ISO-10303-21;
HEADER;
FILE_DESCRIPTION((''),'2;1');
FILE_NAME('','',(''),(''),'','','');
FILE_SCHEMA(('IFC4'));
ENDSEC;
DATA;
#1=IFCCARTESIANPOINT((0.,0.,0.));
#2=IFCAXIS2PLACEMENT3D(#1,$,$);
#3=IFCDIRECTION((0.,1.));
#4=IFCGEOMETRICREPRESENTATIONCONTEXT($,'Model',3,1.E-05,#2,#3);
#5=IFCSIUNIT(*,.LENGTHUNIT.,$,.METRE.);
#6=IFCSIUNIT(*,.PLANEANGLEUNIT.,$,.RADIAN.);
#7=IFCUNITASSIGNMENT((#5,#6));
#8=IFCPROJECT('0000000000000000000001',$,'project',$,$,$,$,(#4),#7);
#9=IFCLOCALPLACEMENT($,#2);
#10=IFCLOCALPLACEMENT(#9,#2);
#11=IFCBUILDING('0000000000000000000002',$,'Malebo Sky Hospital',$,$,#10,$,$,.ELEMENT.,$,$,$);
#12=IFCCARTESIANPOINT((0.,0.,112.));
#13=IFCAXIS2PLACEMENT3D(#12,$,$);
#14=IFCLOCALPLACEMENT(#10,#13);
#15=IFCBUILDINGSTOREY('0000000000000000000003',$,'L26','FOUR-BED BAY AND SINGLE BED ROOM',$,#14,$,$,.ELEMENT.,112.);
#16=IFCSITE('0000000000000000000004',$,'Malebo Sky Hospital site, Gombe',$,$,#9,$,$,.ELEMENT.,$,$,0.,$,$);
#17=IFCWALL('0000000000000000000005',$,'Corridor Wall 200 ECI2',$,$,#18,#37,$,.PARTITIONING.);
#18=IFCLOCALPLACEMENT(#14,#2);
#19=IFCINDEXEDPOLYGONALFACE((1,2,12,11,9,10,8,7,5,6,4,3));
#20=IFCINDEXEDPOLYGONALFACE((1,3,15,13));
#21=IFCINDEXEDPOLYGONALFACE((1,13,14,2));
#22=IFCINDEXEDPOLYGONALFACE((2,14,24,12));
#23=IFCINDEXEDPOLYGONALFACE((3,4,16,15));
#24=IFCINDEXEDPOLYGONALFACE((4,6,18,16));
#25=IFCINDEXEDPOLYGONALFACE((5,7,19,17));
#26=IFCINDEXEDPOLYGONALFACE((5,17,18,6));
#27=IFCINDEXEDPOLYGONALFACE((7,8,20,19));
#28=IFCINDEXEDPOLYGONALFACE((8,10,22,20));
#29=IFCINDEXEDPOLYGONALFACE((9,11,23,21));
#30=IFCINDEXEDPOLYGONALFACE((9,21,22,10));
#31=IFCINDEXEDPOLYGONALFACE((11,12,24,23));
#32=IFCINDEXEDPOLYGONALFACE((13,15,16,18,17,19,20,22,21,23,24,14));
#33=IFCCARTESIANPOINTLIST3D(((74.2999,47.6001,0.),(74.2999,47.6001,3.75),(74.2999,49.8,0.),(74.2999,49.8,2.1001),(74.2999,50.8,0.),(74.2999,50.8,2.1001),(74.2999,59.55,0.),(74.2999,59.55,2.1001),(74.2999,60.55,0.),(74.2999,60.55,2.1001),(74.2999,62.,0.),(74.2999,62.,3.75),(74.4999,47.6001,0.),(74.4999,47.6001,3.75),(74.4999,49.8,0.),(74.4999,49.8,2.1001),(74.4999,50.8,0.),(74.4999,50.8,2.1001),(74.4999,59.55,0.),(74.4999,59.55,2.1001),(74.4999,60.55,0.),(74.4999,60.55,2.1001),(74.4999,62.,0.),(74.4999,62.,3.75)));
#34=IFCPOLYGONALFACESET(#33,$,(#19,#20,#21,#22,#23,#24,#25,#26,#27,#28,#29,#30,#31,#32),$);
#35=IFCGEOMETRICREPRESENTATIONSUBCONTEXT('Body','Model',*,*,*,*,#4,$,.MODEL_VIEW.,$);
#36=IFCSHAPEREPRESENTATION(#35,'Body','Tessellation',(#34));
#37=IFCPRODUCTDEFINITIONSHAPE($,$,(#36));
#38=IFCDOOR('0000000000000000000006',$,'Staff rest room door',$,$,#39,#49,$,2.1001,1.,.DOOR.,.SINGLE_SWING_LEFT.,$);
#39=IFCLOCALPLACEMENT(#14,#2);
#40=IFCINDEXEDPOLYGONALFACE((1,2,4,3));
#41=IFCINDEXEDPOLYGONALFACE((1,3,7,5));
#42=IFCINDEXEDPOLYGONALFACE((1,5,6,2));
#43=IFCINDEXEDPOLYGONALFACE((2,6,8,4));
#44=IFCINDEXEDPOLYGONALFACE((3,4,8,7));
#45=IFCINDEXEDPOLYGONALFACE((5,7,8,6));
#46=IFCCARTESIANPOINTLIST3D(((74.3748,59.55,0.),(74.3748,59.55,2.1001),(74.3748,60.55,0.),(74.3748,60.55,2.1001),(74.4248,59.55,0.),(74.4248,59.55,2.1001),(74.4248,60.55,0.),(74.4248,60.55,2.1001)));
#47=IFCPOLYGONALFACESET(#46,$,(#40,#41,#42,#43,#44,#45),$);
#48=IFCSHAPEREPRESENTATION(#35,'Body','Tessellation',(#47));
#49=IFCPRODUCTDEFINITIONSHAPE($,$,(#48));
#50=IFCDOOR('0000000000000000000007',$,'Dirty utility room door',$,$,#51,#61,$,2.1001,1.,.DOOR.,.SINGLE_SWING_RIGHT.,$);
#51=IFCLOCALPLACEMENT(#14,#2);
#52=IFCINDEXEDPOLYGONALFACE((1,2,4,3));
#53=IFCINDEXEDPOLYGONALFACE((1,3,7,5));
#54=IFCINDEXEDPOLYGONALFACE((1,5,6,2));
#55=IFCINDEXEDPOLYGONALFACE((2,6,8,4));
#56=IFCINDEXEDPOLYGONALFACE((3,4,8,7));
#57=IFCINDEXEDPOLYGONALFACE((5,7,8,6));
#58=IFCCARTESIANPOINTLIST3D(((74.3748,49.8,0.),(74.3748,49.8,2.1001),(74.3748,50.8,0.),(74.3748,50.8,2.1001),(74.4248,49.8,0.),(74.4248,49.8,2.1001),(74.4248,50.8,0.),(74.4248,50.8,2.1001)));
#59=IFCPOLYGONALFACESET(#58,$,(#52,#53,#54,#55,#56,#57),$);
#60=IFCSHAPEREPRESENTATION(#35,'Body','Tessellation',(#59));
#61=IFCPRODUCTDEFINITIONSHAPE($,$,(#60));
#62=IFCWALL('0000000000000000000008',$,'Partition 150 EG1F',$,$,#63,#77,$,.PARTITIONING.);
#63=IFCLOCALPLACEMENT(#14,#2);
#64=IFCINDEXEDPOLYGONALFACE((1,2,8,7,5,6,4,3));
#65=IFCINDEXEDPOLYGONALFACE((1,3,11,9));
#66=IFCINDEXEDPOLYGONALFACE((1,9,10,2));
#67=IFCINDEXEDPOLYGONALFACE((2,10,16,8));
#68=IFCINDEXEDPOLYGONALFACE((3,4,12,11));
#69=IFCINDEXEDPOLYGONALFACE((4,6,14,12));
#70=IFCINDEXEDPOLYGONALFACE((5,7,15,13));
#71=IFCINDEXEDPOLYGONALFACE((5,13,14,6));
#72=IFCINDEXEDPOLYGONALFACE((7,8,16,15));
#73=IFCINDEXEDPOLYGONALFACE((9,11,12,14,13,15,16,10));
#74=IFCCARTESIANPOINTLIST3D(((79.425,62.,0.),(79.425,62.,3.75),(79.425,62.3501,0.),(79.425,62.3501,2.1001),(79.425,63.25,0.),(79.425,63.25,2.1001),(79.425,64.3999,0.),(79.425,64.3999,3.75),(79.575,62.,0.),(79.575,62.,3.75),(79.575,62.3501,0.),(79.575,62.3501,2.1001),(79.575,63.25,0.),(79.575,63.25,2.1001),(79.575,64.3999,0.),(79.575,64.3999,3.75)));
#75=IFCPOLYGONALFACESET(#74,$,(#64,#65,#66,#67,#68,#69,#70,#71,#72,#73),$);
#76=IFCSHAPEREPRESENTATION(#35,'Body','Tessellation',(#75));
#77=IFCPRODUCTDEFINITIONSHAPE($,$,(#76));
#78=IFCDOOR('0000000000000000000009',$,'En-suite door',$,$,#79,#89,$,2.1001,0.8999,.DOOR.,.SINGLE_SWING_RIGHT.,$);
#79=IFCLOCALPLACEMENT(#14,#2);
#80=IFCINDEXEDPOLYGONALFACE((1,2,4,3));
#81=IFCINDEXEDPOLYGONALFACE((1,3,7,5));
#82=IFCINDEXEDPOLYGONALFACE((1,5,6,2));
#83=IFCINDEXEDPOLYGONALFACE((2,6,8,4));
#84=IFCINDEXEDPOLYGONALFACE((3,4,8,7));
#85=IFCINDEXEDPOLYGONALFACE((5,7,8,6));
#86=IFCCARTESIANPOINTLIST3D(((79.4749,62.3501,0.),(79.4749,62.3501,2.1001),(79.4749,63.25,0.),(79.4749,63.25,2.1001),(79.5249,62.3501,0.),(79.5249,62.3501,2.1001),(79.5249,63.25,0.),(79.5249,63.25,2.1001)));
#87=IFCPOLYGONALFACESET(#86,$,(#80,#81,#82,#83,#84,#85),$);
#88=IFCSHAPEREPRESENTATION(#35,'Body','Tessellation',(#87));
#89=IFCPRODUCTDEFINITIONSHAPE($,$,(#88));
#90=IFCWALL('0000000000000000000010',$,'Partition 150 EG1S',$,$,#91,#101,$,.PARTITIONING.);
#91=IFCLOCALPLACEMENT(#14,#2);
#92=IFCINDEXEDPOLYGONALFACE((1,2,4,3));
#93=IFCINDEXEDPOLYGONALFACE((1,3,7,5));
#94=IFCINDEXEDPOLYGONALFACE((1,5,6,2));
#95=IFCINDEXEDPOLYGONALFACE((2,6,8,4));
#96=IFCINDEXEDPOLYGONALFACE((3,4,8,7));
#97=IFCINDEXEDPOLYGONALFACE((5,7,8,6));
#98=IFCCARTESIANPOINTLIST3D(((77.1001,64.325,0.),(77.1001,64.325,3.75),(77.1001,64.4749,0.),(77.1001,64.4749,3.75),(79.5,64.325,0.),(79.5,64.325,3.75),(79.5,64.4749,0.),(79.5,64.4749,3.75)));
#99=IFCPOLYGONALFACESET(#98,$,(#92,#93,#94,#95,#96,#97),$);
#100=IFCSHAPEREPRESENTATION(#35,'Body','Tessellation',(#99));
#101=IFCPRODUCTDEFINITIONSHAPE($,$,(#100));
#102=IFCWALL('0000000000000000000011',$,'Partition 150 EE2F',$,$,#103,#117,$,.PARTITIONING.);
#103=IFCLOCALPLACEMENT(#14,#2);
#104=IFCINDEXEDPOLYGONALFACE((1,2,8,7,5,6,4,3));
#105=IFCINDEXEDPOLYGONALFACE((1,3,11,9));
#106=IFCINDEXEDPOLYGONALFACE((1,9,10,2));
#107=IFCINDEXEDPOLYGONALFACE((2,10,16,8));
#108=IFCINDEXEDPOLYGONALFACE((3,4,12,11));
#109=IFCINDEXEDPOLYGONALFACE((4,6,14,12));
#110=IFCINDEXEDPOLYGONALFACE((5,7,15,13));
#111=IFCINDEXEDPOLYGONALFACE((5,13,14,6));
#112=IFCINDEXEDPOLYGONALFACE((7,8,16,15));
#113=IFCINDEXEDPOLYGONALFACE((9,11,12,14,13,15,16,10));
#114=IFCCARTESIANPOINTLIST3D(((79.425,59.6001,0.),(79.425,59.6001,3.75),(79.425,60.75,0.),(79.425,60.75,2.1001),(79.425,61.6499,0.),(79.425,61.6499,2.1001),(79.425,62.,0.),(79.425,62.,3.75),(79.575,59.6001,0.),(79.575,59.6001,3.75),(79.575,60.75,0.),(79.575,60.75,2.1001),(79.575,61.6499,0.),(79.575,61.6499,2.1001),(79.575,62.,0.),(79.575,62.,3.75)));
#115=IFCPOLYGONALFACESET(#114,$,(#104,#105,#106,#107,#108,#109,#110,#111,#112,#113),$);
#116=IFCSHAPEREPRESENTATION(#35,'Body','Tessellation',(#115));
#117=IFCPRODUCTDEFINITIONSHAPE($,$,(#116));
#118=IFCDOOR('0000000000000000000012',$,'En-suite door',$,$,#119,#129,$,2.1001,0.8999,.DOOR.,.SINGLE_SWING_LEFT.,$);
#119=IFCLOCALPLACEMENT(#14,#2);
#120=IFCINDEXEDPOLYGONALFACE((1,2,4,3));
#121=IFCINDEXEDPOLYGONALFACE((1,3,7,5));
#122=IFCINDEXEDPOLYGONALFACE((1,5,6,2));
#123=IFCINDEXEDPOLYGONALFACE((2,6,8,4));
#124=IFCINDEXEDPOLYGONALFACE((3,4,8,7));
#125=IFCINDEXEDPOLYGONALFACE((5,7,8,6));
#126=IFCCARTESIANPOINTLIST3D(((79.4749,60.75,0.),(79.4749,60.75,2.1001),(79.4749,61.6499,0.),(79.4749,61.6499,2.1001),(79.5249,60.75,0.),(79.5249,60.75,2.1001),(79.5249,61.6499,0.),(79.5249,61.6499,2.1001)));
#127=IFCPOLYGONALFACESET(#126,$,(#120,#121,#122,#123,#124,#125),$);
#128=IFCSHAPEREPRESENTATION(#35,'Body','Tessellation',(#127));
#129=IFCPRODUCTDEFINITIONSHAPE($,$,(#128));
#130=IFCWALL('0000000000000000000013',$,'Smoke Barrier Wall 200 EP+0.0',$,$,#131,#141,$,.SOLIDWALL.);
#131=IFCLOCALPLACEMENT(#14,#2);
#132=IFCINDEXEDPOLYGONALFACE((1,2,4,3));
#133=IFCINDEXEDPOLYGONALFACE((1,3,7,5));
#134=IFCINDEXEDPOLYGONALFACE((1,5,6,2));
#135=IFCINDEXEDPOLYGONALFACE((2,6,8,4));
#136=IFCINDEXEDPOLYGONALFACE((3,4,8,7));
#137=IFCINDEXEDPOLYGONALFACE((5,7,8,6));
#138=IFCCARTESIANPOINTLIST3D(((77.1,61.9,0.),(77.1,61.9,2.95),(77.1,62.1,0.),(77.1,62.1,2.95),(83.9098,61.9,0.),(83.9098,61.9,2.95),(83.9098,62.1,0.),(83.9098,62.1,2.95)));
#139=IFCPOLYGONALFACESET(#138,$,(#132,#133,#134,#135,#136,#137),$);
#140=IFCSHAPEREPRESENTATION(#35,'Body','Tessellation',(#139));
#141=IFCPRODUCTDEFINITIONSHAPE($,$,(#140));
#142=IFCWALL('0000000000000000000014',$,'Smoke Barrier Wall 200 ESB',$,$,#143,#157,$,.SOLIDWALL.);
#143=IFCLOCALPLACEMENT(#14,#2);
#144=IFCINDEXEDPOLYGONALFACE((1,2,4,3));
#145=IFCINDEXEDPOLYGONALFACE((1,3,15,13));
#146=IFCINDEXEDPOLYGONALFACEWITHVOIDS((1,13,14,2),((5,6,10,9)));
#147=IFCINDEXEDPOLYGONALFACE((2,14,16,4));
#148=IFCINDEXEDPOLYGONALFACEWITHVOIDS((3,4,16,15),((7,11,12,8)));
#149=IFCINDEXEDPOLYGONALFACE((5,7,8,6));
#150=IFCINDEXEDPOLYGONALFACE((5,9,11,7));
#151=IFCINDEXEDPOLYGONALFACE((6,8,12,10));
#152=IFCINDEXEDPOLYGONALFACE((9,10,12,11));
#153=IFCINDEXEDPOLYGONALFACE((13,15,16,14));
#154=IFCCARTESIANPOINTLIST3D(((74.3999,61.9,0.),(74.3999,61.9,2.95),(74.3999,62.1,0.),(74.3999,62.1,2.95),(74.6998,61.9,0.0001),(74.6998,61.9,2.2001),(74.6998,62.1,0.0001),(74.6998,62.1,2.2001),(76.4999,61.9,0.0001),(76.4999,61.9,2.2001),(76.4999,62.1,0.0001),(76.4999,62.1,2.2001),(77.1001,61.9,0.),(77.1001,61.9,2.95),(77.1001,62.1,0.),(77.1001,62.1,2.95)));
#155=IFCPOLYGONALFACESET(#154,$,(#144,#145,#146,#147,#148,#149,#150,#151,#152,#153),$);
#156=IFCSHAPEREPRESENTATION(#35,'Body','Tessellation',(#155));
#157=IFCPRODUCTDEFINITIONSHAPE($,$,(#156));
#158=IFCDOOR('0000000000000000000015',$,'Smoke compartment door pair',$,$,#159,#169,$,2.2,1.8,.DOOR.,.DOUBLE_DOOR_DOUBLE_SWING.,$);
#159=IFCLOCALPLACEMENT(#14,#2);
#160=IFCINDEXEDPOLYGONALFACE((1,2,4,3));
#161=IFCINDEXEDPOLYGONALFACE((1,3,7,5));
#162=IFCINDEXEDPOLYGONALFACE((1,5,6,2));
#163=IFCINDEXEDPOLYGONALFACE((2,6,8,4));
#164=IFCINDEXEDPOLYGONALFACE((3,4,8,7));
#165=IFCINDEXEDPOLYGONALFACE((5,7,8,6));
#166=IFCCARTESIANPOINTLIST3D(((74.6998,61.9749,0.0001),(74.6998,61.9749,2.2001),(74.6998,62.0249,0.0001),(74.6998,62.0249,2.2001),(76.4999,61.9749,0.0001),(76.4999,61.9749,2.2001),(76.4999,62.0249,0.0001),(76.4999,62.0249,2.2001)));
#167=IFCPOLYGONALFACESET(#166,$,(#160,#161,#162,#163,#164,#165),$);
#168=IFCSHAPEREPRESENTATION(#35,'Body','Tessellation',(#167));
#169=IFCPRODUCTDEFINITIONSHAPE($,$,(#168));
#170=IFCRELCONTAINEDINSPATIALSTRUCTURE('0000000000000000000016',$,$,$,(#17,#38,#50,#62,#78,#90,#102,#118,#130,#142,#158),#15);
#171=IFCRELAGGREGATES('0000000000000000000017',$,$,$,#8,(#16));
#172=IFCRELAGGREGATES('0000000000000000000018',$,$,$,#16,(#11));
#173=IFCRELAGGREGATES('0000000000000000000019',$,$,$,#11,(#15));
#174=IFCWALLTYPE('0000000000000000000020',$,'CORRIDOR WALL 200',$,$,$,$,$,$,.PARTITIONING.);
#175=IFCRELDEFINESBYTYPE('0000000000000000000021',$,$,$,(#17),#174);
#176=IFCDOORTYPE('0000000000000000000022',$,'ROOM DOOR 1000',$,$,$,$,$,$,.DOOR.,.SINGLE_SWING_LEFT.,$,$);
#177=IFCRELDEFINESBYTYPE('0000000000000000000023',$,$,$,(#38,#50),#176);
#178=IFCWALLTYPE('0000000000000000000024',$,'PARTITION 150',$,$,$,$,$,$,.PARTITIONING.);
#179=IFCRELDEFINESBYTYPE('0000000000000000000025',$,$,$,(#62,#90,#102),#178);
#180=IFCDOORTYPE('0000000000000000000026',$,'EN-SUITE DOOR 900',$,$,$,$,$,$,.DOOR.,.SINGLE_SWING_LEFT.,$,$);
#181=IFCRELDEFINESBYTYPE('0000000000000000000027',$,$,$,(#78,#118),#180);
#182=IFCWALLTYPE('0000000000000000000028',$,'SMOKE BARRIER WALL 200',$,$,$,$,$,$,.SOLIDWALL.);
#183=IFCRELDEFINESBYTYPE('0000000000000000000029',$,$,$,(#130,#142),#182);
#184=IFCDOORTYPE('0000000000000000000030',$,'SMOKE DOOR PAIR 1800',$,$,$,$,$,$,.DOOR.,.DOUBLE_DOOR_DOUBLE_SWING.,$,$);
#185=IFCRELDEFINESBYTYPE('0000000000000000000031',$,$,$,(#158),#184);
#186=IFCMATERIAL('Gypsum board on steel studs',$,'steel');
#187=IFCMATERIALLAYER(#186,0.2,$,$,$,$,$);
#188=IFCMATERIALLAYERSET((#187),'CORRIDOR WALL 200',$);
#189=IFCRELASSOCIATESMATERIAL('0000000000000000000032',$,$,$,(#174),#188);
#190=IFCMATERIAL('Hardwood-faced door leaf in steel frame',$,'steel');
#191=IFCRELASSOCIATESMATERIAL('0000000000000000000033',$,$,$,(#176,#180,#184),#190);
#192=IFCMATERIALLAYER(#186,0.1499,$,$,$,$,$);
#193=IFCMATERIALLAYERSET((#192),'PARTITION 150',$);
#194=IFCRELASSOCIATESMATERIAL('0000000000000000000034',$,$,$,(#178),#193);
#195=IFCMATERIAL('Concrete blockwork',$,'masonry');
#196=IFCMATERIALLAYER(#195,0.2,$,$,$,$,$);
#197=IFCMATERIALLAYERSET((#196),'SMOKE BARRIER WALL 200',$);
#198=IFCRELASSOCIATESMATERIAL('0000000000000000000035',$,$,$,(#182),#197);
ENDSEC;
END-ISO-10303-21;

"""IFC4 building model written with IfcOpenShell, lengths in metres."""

from ifc_helpers import new_model, si_unit, direction, frame, frame_2d, origin, place, context, subcontext, project, spatial, rectangle, extrude, material, layer, layer_set, type_object, element, fill, save


model = new_model("IFC4")

# Units and contexts
model_context = context("Model", 3, precision=1e-05, world=origin(), true_north=direction((0.0, 1.0)))
body_context = subcontext(model_context, "Body", "Model", "MODEL_VIEW")
ifc_project = project(units=[si_unit("LENGTHUNIT", "METRE"), si_unit("PLANEANGLEUNIT", "RADIAN")], contexts=[model_context])

# Site, building, storey
site_placement = place(None, origin())
site = spatial("IfcSite", under=ifc_project, at=site_placement, Name="Malebo Sky Hospital site, Gombe", CompositionType="ELEMENT", RefElevation=0.0)
building_placement = place(site_placement, origin())
building = spatial("IfcBuilding", under=site, at=building_placement, Name="Malebo Sky Hospital", CompositionType="ELEMENT")
storey_placement = place(building_placement, frame((0.0, 0.0, 112.0)))
storey = spatial("IfcBuildingStorey", under=building, at=storey_placement, Name="L26", Description="FOUR-BED BAY AND SINGLE BED ROOM", CompositionType="ELEMENT", Elevation=112.0)

# Wall, openings, doors
ifc_material_1 = material(Name="Gypsum board on steel studs", Category="steel")
ifc_layer_1 = layer(ifc_material_1, 0.2)
ifc_layer_set_1 = layer_set([ifc_layer_1], Name="CORRIDOR WALL 200")
wall_type_1 = type_object("IfcWallType", Name="CORRIDOR WALL 200", PredefinedType="PARTITIONING", material=ifc_layer_set_1)
wall_1_placement = place(storey_placement, frame((74.3999, 62.0, 0.0), z_axis=(0.0, 0.0, 1.0), x_axis=(0.0, -1.0, 0.0)))
wall_1 = element("IfcWall", 1, at=wall_1_placement, inside=storey, type_object=wall_type_1, Name="Corridor Wall 200 ECI2", PredefinedType="PARTITIONING", context=body_context, shape_type="SweptSolid", body=[
    extrude(rectangle(XDim=14.3999, YDim=0.2, at=frame_2d((7.2, 0.0))), origin(), (0.0, 0.0, 1.0), 3.75),
])
opening_1_placement = place(wall_1_placement, frame((1.45, 0.0, 0.0)))
opening_1 = element("IfcOpeningElement", 2, at=opening_1_placement, cuts=wall_1, PredefinedType="OPENING", context=body_context, shape_type="SweptSolid", body=[
    extrude(rectangle(XDim=1.0, YDim=2.1001, at=frame_2d((0.5, 1.05))), frame((0.0, 0.1099, 0.0), z_axis=(0.0, -1.0, 0.0), x_axis=(1.0, 0.0, 0.0)), (0.0, 0.0, 1.0), 0.22),
])
opening_2_placement = place(wall_1_placement, frame((11.2, 0.0, 0.0)))
opening_2 = element("IfcOpeningElement", 3, at=opening_2_placement, cuts=wall_1, PredefinedType="OPENING", context=body_context, shape_type="SweptSolid", body=[
    extrude(rectangle(XDim=1.0, YDim=2.1001, at=frame_2d((0.5, 1.05))), frame((0.0, 0.1099, 0.0), z_axis=(0.0, -1.0, 0.0), x_axis=(1.0, 0.0, 0.0)), (0.0, 0.0, 1.0), 0.22),
])
ifc_material_2 = material(Name="Hardwood-faced door leaf in steel frame", Category="steel")
door_type_1 = type_object("IfcDoorType", Name="ROOM DOOR 1000", OperationType="SINGLE_SWING_LEFT", PredefinedType="DOOR", material=ifc_material_2)
door_1_placement = place(opening_1_placement, origin())
door_1 = element("IfcDoor", 4, at=door_1_placement, inside=storey, type_object=door_type_1, Name="Staff rest room door", OperationType="SINGLE_SWING_LEFT", OverallHeight=2.1001, OverallWidth=1.0, PredefinedType="DOOR", context=body_context, shape_type="SweptSolid", body=[
    extrude(rectangle(XDim=1.0, YDim=2.1001, at=frame_2d((0.5, 1.05))), frame((0.0, 0.0249, 0.0), z_axis=(0.0, -1.0, 0.0), x_axis=(1.0, 0.0, 0.0)), (0.0, 0.0, 1.0), 0.05),
])
fill(opening_1, door_1)
door_2_placement = place(opening_2_placement, origin())
door_2 = element("IfcDoor", 5, at=door_2_placement, inside=storey, type_object=door_type_1, Name="Dirty utility room door", OperationType="SINGLE_SWING_RIGHT", OverallHeight=2.1001, OverallWidth=1.0, PredefinedType="DOOR", context=body_context, shape_type="SweptSolid", body=[
    extrude(rectangle(XDim=1.0, YDim=2.1001, at=frame_2d((0.5, 1.05))), frame((0.0, 0.0249, 0.0), z_axis=(0.0, -1.0, 0.0), x_axis=(1.0, 0.0, 0.0)), (0.0, 0.0, 1.0), 0.05),
])
fill(opening_2, door_2)

# Wall, opening, door
ifc_layer_2 = layer(ifc_material_1, 0.1499)
ifc_layer_set_2 = layer_set([ifc_layer_2], Name="PARTITION 150")
wall_type_2 = type_object("IfcWallType", Name="PARTITION 150", PredefinedType="PARTITIONING", material=ifc_layer_set_2)
wall_2_placement = place(storey_placement, frame((79.5, 64.3999, 0.0), z_axis=(0.0, 0.0, 1.0), x_axis=(0.0, -1.0, 0.0)))
wall_2 = element("IfcWall", 6, at=wall_2_placement, inside=storey, type_object=wall_type_2, Name="Partition 150 EG1F", PredefinedType="PARTITIONING", context=body_context, shape_type="SweptSolid", body=[
    extrude(rectangle(XDim=2.3999, YDim=0.1499, at=frame_2d((1.2, 0.0))), origin(), (0.0, 0.0, 1.0), 3.75),
])
opening_3_placement = place(wall_2_placement, frame((1.1499, 0.0, 0.0)))
opening_3 = element("IfcOpeningElement", 7, at=opening_3_placement, cuts=wall_2, PredefinedType="OPENING", context=body_context, shape_type="SweptSolid", body=[
    extrude(rectangle(XDim=0.8999, YDim=2.1001, at=frame_2d((0.45, 1.05))), frame((0.0, 0.085, 0.0), z_axis=(0.0, -1.0, 0.0), x_axis=(1.0, 0.0, 0.0)), (0.0, 0.0, 1.0), 0.1699),
])
door_type_2 = type_object("IfcDoorType", Name="EN-SUITE DOOR 900", OperationType="SINGLE_SWING_LEFT", PredefinedType="DOOR", material=ifc_material_2)
door_3_placement = place(opening_3_placement, origin())
door_3 = element("IfcDoor", 8, at=door_3_placement, inside=storey, type_object=door_type_2, Name="En-suite door", OperationType="SINGLE_SWING_RIGHT", OverallHeight=2.1001, OverallWidth=0.8999, PredefinedType="DOOR", context=body_context, shape_type="SweptSolid", body=[
    extrude(rectangle(XDim=0.8999, YDim=2.1001, at=frame_2d((0.45, 1.05))), frame((0.0, 0.0249, 0.0), z_axis=(0.0, -1.0, 0.0), x_axis=(1.0, 0.0, 0.0)), (0.0, 0.0, 1.0), 0.05),
])
fill(opening_3, door_3)

# Wall
wall_3_placement = place(storey_placement, frame((77.1001, 64.3999, 0.0), z_axis=(0.0, 0.0, 1.0), x_axis=(1.0, 0.0, 0.0)))
element("IfcWall", 9, at=wall_3_placement, inside=storey, type_object=wall_type_2, Name="Partition 150 EG1S", PredefinedType="PARTITIONING", context=body_context, shape_type="SweptSolid", body=[
    extrude(rectangle(XDim=2.3999, YDim=0.1499, at=frame_2d((1.2, 0.0))), origin(), (0.0, 0.0, 1.0), 3.75),
])

# Wall, opening, door
wall_4_placement = place(storey_placement, frame((79.5, 62.0, 0.0), z_axis=(0.0, 0.0, 1.0), x_axis=(0.0, -1.0, 0.0)))
wall_4 = element("IfcWall", 10, at=wall_4_placement, inside=storey, type_object=wall_type_2, Name="Partition 150 EE2F", PredefinedType="PARTITIONING", context=body_context, shape_type="SweptSolid", body=[
    extrude(rectangle(XDim=2.3999, YDim=0.1499, at=frame_2d((1.2, 0.0))), origin(), (0.0, 0.0, 1.0), 3.75),
])
opening_4_placement = place(wall_4_placement, frame((0.3501, 0.0, 0.0)))
opening_4 = element("IfcOpeningElement", 11, at=opening_4_placement, cuts=wall_4, PredefinedType="OPENING", context=body_context, shape_type="SweptSolid", body=[
    extrude(rectangle(XDim=0.8999, YDim=2.1001, at=frame_2d((0.45, 1.05))), frame((0.0, 0.085, 0.0), z_axis=(0.0, -1.0, 0.0), x_axis=(1.0, 0.0, 0.0)), (0.0, 0.0, 1.0), 0.1699),
])
door_4_placement = place(opening_4_placement, origin())
door_4 = element("IfcDoor", 12, at=door_4_placement, inside=storey, type_object=door_type_2, Name="En-suite door", OperationType="SINGLE_SWING_LEFT", OverallHeight=2.1001, OverallWidth=0.8999, PredefinedType="DOOR", context=body_context, shape_type="SweptSolid", body=[
    extrude(rectangle(XDim=0.8999, YDim=2.1001, at=frame_2d((0.45, 1.05))), frame((0.0, 0.0249, 0.0), z_axis=(0.0, -1.0, 0.0), x_axis=(1.0, 0.0, 0.0)), (0.0, 0.0, 1.0), 0.05),
])
fill(opening_4, door_4)

# Wall
ifc_material_3 = material(Name="Concrete blockwork", Category="masonry")
ifc_layer_3 = layer(ifc_material_3, 0.2)
ifc_layer_set_3 = layer_set([ifc_layer_3], Name="SMOKE BARRIER WALL 200")
wall_type_3 = type_object("IfcWallType", Name="SMOKE BARRIER WALL 200", PredefinedType="SOLIDWALL", material=ifc_layer_set_3)
wall_5_placement = place(storey_placement, frame((77.1001, 62.0, 0.0), z_axis=(0.0, 0.0, 1.0), x_axis=(1.0, 0.0, 0.0)))
element("IfcWall", 13, at=wall_5_placement, inside=storey, type_object=wall_type_3, Name="Smoke Barrier Wall 200 EP+0.0", PredefinedType="SOLIDWALL", context=body_context, shape_type="SweptSolid", body=[
    extrude(rectangle(XDim=6.8098, YDim=0.2, at=frame_2d((3.4048, 0.0))), origin(), (0.0, 0.0, 1.0), 2.95),
])

# Wall, opening, door
wall_6_placement = place(storey_placement, frame((74.3999, 62.0, 0.0), z_axis=(0.0, 0.0, 1.0), x_axis=(1.0, 0.0, 0.0)))
wall_6 = element("IfcWall", 14, at=wall_6_placement, inside=storey, type_object=wall_type_3, Name="Smoke Barrier Wall 200 ESB", PredefinedType="SOLIDWALL", context=body_context, shape_type="SweptSolid", body=[
    extrude(rectangle(XDim=2.7002, YDim=0.2, at=frame_2d((1.3501, 0.0))), origin(), (0.0, 0.0, 1.0), 2.95),
])
opening_5_placement = place(wall_6_placement, frame((0.3, 0.0, 0.0)))
opening_5 = element("IfcOpeningElement", 15, at=opening_5_placement, cuts=wall_6, PredefinedType="OPENING", context=body_context, shape_type="SweptSolid", body=[
    extrude(rectangle(XDim=1.8, YDim=2.2, at=frame_2d((0.8999, 1.1001))), frame((0.0, 0.1099, 0.0), z_axis=(0.0, -1.0, 0.0), x_axis=(1.0, 0.0, 0.0)), (0.0, 0.0, 1.0), 0.22),
])
door_type_3 = type_object("IfcDoorType", Name="SMOKE DOOR PAIR 1800", OperationType="DOUBLE_DOOR_DOUBLE_SWING", PredefinedType="DOOR", material=ifc_material_2)
door_5_placement = place(opening_5_placement, origin())
door_5 = element("IfcDoor", 16, at=door_5_placement, inside=storey, type_object=door_type_3, Name="Smoke compartment door pair", OperationType="DOUBLE_DOOR_DOUBLE_SWING", OverallHeight=2.2, OverallWidth=1.8, PredefinedType="DOOR", context=body_context, shape_type="SweptSolid", body=[
    extrude(rectangle(XDim=1.8, YDim=2.2, at=frame_2d((0.8999, 1.1001))), frame((0.0, 0.0249, 0.0), z_axis=(0.0, -1.0, 0.0), x_axis=(1.0, 0.0, 0.0)), (0.0, 0.0, 1.0), 0.05),
])
fill(opening_5, door_5)

save(model, "model.ifc")
